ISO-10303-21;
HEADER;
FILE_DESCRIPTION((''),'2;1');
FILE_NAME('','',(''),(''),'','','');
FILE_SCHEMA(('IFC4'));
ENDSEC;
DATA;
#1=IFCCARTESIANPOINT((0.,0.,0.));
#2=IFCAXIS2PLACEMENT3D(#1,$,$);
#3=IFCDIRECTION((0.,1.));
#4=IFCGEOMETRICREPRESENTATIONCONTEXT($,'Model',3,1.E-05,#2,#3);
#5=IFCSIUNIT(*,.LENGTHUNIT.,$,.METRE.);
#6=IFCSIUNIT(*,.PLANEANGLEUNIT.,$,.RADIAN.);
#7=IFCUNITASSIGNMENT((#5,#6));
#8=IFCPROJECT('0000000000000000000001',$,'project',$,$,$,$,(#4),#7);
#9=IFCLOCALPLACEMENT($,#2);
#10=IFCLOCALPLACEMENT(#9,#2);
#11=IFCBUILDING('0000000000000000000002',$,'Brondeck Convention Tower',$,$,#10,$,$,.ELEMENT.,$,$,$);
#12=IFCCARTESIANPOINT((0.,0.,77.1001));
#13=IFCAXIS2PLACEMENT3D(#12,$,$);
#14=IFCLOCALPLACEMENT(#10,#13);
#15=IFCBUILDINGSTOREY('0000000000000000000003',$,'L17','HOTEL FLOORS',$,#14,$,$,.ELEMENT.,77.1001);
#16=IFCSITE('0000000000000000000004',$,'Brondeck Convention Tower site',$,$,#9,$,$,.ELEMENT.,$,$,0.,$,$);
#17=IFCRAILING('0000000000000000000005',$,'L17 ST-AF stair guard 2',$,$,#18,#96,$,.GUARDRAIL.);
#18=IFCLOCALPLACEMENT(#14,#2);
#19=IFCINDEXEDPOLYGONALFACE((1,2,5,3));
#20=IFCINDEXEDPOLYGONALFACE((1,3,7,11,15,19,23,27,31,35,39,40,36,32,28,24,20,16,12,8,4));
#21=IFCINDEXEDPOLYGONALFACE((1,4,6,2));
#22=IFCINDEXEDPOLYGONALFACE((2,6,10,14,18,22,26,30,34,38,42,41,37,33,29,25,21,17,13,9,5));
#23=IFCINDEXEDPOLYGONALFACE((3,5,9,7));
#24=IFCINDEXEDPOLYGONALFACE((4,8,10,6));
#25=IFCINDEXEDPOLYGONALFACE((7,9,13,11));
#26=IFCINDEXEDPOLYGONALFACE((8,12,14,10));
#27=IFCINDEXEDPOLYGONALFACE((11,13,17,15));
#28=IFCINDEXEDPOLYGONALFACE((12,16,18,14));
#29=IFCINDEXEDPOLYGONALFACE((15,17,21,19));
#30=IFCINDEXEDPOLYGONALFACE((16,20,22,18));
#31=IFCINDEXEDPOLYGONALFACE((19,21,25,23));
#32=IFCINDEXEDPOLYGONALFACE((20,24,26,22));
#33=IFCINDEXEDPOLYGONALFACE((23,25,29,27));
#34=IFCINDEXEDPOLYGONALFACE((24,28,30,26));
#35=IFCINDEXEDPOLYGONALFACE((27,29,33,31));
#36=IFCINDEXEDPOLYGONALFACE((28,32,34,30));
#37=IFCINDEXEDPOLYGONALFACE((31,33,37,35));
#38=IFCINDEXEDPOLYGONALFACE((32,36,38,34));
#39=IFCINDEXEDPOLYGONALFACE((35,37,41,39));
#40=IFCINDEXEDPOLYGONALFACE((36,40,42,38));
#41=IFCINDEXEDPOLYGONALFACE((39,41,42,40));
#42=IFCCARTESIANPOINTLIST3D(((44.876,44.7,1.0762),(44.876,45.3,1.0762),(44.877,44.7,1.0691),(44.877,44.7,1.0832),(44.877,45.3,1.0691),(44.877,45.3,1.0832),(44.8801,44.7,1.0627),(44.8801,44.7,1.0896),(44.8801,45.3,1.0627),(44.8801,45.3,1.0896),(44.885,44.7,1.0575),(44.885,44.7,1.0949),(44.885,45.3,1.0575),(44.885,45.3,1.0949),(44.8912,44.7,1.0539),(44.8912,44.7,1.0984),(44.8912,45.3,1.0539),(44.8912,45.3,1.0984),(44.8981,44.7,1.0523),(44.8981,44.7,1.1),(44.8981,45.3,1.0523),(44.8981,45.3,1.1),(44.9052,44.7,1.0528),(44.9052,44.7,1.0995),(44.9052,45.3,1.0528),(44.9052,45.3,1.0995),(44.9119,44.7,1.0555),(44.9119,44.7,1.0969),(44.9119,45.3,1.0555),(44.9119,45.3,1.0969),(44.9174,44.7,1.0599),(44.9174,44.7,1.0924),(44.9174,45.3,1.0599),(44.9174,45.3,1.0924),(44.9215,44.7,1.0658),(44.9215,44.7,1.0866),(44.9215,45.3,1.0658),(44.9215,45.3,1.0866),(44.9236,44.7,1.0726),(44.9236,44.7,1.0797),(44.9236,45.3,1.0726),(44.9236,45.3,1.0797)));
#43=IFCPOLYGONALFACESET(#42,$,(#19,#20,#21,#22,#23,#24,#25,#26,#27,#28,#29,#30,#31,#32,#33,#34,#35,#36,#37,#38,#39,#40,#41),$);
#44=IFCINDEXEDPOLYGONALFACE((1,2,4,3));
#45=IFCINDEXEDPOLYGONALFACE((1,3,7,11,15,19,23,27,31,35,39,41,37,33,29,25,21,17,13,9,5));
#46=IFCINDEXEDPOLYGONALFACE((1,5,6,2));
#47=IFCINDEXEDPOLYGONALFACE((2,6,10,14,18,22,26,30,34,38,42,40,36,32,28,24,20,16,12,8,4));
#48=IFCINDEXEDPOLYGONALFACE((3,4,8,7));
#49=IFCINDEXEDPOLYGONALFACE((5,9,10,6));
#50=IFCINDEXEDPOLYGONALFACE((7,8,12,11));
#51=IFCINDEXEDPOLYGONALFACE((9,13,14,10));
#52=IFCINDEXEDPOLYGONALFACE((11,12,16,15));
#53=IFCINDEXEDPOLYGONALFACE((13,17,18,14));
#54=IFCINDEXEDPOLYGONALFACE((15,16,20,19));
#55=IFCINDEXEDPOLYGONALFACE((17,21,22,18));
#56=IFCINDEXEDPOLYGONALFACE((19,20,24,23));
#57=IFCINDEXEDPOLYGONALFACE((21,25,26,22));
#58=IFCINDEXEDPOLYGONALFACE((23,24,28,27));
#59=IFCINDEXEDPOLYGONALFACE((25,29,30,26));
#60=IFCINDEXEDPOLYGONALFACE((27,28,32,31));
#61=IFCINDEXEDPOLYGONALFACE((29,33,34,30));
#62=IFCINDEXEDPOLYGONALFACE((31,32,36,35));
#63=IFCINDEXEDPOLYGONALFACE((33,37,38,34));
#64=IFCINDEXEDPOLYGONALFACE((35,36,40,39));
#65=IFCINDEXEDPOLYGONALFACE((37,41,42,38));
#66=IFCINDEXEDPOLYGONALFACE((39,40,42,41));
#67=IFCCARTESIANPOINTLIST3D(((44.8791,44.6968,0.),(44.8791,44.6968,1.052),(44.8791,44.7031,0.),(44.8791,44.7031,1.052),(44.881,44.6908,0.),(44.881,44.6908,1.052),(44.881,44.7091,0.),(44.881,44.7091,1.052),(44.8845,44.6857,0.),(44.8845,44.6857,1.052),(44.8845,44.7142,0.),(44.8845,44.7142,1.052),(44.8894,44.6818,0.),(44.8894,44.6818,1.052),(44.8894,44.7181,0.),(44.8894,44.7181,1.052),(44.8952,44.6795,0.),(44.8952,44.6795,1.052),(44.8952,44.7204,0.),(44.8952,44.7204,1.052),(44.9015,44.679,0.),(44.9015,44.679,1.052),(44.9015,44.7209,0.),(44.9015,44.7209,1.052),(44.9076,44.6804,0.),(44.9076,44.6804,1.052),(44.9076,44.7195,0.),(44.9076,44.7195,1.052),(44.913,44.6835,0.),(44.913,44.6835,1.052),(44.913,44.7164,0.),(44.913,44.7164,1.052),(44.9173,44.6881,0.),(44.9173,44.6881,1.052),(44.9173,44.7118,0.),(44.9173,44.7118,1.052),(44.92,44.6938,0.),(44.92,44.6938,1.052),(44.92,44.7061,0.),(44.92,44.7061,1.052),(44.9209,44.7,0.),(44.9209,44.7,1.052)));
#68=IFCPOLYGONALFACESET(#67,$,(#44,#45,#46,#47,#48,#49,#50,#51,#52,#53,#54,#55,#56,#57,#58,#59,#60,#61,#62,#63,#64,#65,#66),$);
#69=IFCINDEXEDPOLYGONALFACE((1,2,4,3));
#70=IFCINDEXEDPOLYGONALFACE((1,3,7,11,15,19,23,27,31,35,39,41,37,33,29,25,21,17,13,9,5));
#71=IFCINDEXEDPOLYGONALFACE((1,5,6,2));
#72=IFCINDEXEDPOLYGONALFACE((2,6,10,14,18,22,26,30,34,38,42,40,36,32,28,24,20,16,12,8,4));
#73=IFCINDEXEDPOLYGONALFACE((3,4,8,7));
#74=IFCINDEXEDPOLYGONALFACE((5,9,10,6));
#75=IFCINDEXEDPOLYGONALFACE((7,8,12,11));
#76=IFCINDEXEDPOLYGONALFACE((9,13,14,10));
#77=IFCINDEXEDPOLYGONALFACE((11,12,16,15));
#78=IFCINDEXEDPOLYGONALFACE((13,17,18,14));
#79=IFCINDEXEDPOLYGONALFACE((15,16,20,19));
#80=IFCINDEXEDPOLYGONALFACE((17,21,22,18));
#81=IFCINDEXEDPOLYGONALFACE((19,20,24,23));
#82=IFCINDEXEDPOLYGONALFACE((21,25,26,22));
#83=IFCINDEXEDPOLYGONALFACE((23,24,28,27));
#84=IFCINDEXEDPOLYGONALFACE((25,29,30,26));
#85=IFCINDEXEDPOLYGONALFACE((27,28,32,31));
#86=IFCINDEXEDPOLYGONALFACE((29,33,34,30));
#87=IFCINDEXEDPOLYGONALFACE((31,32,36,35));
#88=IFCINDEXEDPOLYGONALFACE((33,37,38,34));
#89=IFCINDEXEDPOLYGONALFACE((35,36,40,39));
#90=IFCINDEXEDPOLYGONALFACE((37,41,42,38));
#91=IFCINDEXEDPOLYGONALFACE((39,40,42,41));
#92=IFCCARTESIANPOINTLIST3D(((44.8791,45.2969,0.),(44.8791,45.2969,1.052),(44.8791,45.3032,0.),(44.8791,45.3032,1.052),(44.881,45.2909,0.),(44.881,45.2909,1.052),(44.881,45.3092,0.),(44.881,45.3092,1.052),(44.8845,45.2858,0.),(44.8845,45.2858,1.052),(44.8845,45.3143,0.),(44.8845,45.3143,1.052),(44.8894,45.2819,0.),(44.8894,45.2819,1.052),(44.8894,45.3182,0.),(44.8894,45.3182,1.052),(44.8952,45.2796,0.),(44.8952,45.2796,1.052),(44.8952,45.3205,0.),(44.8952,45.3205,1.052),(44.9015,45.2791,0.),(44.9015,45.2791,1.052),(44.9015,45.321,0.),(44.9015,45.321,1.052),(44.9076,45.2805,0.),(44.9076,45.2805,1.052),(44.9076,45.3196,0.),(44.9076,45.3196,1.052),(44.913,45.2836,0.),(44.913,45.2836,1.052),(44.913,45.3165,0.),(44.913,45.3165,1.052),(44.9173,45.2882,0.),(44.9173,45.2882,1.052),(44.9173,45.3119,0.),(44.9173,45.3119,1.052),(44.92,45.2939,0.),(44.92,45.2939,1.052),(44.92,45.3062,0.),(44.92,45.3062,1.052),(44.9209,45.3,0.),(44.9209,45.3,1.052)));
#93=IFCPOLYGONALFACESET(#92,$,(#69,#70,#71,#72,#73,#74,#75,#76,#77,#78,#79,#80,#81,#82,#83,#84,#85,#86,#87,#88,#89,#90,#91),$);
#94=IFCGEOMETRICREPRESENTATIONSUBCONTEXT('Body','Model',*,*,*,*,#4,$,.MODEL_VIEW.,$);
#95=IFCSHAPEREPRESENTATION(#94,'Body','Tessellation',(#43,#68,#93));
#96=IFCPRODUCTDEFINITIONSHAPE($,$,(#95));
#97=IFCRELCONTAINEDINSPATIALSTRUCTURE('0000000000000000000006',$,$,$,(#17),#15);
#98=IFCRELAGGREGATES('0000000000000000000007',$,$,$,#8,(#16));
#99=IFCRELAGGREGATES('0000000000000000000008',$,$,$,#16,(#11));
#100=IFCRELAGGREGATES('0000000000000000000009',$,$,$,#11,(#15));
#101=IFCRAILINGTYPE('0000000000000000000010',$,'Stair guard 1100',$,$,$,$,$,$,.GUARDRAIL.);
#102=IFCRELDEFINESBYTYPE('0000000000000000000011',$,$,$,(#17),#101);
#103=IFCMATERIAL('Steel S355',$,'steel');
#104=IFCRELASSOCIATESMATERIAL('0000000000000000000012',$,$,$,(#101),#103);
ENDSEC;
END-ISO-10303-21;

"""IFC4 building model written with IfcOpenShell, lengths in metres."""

from ifc_helpers import new_model, si_unit, direction, frame, origin, origin_2d, place, context, subcontext, project, spatial, circle, extrude, material, type_object, element, save


model = new_model("IFC4")

# Units and contexts
model_context = context("Model", 3, precision=1e-05, world=origin(), true_north=direction((0.0, 1.0)))
body_context = subcontext(model_context, "Body", "Model", "MODEL_VIEW")
ifc_project = project(units=[si_unit("LENGTHUNIT", "METRE"), si_unit("PLANEANGLEUNIT", "RADIAN")], contexts=[model_context])

# Site, building, storey
site_placement = place(None, origin())
site = spatial("IfcSite", under=ifc_project, at=site_placement, Name="Brondeck Convention Tower site", CompositionType="ELEMENT", RefElevation=0.0)
building_placement = place(site_placement, origin())
building = spatial("IfcBuilding", under=site, at=building_placement, Name="Brondeck Convention Tower", CompositionType="ELEMENT")
storey_placement = place(building_placement, frame((0.0, 0.0, 77.1001)))
storey = spatial("IfcBuildingStorey", under=building, at=storey_placement, Name="L17", Description="HOTEL FLOORS", CompositionType="ELEMENT", Elevation=77.1001)

# Shared definitions
ifc_material_1 = material(Name="Steel S355", Category="steel")

# Railing
railing_type_1 = type_object("IfcRailingType", Name="Stair guard 1100", PredefinedType="GUARDRAIL", material=ifc_material_1)
railing_1_placement = place(storey_placement, frame((44.8999, 44.7, 0.0)))
element("IfcRailing", 1, at=railing_1_placement, inside=storey, type_object=railing_type_1, Name="L17 ST-AF stair guard 2", PredefinedType="GUARDRAIL", context=body_context, shape_type="SweptSolid", body=[
    extrude(circle(Radius=0.0239, at=origin_2d()), frame((0.0, 0.0, 1.0762), z_axis=(0.0, 1.0, 0.0), x_axis=(-1.0, 0.0, 0.0)), (0.0, 0.0, 1.0), 0.6001),
    extrude(circle(Radius=0.021, at=origin_2d()), origin(), (0.0, 0.0, 1.0), 1.052),
    extrude(circle(Radius=0.021, at=origin_2d()), frame((0.0, 0.6001, 0.0)), (0.0, 0.0, 1.0), 1.052),
])

save(model, "model.ifc")
